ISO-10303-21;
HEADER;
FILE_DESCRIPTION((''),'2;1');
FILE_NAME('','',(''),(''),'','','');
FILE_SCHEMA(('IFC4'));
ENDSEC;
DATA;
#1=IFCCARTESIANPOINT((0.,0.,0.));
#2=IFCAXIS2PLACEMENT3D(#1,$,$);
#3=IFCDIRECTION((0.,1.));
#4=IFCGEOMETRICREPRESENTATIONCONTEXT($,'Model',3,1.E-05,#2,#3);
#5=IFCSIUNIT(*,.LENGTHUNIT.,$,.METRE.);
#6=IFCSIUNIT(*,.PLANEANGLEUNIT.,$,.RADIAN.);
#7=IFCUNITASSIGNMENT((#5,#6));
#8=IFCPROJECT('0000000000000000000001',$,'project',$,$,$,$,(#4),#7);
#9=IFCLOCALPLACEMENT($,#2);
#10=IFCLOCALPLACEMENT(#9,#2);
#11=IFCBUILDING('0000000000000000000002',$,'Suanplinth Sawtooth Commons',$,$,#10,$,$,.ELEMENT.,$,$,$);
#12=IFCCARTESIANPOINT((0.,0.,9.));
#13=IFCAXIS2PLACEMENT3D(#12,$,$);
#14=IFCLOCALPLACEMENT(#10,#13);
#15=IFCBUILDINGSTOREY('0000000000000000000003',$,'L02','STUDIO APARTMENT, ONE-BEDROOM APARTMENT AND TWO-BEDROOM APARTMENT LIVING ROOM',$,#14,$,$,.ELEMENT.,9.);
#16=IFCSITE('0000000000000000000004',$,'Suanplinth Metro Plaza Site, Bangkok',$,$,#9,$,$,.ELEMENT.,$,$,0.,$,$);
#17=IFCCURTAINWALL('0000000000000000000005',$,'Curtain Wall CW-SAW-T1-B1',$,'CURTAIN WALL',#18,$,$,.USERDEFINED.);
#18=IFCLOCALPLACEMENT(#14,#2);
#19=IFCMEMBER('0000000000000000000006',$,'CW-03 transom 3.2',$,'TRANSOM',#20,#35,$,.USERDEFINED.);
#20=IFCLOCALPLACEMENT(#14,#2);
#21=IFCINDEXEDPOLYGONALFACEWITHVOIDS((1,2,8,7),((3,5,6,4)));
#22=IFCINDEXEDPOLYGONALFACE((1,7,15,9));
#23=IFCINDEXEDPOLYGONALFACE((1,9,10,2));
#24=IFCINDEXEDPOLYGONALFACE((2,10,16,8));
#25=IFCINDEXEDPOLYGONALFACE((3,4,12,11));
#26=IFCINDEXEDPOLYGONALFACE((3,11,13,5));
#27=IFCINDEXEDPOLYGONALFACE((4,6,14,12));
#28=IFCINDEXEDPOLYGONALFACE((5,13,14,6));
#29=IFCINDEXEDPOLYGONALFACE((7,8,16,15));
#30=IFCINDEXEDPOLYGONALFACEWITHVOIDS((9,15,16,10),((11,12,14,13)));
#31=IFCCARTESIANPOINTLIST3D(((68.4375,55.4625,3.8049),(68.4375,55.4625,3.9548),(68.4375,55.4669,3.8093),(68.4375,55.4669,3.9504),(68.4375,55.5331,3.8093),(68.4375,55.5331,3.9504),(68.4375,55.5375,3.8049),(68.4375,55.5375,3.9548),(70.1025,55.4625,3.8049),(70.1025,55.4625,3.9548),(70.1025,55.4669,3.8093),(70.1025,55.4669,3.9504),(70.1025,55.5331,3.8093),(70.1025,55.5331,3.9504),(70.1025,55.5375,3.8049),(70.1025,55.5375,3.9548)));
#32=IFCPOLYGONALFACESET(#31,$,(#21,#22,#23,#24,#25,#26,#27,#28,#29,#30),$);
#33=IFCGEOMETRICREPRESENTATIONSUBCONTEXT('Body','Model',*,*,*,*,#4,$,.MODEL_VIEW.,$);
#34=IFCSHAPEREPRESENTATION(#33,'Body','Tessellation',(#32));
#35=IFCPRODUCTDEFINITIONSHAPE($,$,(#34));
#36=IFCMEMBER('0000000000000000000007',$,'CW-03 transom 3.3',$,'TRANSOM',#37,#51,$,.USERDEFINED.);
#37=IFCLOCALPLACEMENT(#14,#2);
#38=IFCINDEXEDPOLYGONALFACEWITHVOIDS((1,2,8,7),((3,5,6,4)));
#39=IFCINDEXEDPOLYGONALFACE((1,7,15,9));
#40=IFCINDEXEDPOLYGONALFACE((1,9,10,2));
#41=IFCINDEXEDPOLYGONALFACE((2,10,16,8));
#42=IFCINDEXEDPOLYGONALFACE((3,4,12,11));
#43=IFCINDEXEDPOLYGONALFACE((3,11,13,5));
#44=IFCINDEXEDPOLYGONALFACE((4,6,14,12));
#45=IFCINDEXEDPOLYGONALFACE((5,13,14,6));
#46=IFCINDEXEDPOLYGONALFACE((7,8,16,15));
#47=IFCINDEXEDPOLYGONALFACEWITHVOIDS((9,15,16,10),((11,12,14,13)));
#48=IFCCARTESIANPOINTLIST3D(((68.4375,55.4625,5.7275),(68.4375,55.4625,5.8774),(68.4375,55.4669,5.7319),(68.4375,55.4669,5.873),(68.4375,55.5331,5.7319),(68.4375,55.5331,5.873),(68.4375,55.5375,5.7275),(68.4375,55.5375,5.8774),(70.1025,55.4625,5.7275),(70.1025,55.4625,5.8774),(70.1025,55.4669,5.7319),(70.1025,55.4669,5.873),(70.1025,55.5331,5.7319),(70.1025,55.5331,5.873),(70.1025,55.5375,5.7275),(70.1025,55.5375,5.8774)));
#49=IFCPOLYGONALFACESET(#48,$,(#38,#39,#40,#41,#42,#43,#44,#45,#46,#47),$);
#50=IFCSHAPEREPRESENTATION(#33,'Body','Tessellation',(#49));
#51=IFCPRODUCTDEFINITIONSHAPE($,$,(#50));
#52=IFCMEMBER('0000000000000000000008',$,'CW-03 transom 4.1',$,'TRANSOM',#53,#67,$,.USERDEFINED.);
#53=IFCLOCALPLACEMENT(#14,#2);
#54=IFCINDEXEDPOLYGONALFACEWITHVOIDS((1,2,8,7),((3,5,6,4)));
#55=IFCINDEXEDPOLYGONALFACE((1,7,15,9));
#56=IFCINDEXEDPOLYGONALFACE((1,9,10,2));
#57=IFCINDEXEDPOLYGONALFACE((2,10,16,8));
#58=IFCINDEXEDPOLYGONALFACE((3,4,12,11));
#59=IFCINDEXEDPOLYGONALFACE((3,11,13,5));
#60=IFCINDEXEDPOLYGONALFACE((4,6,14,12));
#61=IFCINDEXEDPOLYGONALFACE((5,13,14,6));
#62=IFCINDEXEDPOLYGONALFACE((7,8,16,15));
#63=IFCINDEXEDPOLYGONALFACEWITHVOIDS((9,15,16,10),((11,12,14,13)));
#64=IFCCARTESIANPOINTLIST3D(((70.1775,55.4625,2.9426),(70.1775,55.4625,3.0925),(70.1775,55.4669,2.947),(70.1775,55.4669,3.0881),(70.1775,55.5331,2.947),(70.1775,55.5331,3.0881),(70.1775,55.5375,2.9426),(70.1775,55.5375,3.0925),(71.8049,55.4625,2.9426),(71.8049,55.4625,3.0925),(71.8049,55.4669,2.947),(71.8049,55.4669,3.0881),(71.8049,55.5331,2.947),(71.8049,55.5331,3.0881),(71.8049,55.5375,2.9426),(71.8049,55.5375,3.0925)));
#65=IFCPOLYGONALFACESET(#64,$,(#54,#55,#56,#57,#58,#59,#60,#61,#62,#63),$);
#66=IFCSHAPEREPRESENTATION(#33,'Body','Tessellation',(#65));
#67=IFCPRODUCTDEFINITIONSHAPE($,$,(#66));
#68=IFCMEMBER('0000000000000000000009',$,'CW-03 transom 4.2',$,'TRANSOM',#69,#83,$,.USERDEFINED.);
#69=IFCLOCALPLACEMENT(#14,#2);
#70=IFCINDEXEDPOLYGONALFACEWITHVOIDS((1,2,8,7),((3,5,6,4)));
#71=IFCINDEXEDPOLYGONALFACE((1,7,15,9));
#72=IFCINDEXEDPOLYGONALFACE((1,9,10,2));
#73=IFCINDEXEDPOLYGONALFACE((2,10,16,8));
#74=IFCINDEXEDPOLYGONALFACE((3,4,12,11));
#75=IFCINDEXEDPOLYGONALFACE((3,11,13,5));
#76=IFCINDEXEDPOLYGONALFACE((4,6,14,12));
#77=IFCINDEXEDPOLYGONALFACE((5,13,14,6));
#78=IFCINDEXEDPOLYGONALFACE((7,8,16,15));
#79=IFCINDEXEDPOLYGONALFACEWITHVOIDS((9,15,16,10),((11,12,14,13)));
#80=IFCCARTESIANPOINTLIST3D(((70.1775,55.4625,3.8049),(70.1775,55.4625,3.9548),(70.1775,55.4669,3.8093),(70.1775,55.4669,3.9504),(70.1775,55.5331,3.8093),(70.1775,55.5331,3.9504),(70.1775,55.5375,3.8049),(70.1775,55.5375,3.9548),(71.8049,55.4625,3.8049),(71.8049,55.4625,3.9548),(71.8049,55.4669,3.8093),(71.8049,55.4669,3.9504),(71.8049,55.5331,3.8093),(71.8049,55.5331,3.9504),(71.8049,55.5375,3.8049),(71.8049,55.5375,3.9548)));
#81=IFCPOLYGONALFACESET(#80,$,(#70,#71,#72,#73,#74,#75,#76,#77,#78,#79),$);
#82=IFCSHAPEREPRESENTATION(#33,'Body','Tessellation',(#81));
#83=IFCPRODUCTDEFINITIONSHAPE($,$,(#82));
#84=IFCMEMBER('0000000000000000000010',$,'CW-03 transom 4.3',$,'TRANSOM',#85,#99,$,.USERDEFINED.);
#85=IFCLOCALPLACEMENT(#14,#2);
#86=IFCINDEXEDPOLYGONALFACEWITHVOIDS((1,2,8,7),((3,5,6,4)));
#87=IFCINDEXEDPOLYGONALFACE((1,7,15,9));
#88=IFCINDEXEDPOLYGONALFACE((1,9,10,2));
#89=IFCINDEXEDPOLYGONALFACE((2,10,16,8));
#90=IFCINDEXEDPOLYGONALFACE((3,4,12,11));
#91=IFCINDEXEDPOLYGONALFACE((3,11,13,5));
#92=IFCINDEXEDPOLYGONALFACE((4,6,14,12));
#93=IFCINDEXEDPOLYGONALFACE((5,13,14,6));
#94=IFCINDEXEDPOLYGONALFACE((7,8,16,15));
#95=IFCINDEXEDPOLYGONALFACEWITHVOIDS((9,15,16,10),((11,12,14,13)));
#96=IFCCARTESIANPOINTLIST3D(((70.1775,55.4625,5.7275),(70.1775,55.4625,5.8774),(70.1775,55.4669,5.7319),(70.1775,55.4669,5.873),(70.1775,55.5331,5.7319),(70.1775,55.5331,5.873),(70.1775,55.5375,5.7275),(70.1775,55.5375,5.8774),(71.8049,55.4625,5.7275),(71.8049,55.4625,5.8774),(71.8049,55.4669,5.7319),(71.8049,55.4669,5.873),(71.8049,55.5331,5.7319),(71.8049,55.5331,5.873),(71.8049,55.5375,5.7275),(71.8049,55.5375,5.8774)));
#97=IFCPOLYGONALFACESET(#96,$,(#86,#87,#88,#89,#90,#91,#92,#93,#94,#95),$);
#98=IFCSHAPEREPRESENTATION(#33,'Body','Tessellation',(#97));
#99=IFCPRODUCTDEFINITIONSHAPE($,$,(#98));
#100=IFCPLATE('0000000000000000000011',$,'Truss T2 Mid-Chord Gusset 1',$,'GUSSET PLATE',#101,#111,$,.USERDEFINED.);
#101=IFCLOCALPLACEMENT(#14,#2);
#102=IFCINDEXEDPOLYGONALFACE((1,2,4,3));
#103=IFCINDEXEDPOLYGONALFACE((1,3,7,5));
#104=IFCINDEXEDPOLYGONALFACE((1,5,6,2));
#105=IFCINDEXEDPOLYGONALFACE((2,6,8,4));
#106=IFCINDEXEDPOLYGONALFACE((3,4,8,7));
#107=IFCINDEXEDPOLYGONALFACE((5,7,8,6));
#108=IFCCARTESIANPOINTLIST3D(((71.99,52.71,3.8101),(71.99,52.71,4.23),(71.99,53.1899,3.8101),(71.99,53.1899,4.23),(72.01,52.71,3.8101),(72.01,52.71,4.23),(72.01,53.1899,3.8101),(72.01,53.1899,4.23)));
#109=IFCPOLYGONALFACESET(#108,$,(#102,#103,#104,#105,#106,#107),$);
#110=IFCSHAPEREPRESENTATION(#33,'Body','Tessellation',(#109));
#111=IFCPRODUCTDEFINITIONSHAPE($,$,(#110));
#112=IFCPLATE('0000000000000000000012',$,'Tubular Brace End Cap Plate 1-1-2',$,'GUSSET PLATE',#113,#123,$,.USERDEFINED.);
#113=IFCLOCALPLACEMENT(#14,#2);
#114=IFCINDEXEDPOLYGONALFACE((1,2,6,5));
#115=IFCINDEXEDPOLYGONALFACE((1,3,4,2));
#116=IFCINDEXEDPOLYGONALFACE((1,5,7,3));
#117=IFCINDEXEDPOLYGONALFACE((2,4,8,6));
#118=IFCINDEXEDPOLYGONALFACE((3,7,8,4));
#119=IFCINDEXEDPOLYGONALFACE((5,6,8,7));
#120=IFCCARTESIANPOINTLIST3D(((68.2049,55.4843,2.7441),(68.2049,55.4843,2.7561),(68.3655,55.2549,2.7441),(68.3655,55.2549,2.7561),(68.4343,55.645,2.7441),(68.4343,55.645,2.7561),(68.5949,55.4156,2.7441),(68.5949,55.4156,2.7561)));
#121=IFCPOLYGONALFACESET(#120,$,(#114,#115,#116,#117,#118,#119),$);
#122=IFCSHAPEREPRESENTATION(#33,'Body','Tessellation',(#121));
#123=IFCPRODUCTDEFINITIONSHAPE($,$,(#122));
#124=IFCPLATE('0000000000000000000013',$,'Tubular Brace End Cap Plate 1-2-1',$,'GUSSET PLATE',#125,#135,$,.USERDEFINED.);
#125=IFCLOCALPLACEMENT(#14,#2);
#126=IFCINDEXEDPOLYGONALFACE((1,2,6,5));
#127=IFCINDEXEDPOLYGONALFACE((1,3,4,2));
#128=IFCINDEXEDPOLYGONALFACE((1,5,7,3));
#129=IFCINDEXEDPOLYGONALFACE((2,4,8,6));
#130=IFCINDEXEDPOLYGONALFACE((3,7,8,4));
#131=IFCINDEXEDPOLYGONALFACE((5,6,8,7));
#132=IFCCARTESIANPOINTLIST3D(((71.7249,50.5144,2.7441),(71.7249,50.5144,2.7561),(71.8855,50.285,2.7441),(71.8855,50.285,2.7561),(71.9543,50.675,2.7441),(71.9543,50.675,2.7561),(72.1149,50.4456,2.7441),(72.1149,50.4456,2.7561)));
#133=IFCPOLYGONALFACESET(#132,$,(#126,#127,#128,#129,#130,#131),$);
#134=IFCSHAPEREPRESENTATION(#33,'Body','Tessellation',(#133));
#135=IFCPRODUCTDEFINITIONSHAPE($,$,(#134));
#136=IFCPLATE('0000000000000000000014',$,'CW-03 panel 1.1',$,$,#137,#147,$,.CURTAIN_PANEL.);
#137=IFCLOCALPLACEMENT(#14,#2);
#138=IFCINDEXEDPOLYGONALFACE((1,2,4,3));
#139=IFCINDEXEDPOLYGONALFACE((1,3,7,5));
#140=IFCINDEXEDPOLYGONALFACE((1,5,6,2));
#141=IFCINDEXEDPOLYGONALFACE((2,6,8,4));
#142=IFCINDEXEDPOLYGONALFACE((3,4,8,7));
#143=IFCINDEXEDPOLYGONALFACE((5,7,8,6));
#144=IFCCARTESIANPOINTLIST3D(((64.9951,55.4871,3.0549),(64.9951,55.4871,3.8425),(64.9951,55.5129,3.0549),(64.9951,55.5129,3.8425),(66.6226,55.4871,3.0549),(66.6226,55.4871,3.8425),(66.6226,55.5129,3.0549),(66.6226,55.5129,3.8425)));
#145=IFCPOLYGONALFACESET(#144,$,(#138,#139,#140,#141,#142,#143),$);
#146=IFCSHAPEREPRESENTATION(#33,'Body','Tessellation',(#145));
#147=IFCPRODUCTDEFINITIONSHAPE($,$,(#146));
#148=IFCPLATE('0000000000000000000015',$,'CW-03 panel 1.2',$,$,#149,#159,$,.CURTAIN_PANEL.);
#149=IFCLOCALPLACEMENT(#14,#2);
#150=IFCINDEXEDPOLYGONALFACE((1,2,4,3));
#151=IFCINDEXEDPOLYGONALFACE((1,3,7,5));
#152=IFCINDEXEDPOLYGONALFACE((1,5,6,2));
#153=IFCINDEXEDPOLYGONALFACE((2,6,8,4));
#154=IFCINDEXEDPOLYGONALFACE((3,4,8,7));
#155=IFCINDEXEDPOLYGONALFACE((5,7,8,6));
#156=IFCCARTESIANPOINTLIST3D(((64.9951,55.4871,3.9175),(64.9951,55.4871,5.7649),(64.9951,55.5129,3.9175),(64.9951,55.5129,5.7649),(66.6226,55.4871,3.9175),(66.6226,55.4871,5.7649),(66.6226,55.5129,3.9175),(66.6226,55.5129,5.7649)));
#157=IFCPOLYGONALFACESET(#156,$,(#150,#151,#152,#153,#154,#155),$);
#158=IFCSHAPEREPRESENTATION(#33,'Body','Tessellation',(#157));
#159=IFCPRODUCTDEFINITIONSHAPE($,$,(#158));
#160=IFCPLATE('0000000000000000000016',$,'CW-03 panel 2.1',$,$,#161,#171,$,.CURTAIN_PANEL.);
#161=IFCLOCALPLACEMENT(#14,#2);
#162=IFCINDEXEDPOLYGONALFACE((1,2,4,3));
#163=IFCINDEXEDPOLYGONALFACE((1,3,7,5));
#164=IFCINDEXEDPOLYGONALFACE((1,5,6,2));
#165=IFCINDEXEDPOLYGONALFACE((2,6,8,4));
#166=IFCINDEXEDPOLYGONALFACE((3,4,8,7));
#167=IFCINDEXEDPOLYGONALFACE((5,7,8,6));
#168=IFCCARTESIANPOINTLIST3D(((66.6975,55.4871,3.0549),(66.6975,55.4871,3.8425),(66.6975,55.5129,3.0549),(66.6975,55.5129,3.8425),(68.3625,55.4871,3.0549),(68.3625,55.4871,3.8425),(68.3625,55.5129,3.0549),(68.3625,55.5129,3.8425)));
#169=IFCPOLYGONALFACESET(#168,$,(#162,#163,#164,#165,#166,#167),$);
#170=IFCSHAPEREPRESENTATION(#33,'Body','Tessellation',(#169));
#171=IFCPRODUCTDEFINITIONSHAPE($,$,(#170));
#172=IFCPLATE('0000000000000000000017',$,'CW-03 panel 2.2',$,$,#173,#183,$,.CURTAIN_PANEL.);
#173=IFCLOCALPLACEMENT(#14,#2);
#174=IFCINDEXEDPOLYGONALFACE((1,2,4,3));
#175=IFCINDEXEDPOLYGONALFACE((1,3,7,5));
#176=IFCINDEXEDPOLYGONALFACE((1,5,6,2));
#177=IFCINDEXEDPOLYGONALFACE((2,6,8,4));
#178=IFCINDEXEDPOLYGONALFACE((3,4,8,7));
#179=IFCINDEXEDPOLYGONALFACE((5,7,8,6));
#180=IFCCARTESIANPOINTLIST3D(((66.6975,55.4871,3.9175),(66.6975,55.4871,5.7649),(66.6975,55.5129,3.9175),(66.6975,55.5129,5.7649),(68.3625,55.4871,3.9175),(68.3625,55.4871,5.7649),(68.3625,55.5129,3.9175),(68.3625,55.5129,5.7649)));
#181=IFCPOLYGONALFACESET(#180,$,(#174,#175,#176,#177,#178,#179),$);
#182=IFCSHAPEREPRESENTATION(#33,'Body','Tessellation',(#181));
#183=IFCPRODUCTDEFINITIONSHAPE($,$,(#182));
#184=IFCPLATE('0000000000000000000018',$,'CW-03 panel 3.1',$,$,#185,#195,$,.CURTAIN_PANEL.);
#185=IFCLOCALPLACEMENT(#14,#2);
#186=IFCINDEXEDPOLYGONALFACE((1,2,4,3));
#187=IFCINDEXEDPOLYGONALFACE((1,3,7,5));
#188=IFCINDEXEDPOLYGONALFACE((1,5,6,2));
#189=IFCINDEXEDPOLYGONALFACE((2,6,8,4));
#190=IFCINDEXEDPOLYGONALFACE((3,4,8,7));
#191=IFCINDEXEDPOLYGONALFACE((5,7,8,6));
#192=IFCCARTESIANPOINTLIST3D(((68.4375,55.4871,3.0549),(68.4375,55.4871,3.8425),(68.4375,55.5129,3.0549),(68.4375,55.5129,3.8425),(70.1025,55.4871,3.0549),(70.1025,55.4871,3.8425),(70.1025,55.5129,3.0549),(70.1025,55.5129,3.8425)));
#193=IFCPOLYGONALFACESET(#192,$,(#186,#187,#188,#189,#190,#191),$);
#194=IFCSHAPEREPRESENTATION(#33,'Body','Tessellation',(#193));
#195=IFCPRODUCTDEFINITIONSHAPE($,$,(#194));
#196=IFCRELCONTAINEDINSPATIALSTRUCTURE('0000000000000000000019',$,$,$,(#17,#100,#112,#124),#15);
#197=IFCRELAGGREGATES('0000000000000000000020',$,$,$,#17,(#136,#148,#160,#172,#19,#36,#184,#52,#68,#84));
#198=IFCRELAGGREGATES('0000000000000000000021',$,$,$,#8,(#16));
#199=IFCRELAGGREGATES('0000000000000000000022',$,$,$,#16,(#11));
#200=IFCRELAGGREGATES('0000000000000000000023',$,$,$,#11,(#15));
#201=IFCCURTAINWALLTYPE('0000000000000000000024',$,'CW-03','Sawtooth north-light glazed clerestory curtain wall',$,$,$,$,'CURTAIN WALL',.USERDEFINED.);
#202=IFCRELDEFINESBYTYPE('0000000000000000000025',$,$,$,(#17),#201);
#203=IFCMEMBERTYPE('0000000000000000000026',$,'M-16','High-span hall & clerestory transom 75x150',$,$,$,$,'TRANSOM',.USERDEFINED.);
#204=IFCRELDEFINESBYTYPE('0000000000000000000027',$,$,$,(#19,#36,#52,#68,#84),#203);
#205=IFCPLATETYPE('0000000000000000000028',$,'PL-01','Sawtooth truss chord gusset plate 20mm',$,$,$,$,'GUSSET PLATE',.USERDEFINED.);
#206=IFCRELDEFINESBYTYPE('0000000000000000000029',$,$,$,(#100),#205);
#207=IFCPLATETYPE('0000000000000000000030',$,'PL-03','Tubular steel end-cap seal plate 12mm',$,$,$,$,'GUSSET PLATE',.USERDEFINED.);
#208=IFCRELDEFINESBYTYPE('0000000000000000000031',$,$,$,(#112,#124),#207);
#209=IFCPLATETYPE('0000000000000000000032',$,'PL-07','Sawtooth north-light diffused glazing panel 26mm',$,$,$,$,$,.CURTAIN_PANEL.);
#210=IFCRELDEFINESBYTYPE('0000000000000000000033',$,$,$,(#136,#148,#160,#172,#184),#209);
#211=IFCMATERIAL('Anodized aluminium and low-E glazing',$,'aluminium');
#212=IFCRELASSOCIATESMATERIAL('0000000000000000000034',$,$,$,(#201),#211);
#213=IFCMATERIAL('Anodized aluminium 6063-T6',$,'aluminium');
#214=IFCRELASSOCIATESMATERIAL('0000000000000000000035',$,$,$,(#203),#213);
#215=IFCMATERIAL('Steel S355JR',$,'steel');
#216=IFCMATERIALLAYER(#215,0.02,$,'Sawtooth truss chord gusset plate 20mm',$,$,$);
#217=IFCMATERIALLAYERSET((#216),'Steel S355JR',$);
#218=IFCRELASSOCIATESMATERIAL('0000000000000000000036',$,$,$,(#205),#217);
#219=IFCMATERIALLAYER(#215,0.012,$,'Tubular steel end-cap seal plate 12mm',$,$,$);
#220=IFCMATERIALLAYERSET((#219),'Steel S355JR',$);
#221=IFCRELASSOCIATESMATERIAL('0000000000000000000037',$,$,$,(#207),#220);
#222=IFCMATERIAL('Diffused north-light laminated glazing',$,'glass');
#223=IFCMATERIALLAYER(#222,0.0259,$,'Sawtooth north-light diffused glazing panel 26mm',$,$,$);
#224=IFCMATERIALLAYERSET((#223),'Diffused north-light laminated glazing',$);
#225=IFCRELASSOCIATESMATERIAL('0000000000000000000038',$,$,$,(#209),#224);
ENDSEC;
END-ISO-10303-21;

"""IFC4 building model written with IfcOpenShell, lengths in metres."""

from ifc_helpers import new_model, si_unit, direction, frame, origin, origin_2d, place, context, subcontext, project, spatial, rectangle, hollow_rectangle, extrude, material, layer, layer_set, material_profile, profile_set, type_object, element, aggregate, save


model = new_model("IFC4")

# Units and contexts
model_context = context("Model", 3, precision=1e-05, world=origin(), true_north=direction((0.0, 1.0)))
body_context = subcontext(model_context, "Body", "Model", "MODEL_VIEW")
ifc_project = project(units=[si_unit("LENGTHUNIT", "METRE"), si_unit("PLANEANGLEUNIT", "RADIAN")], contexts=[model_context])

# Site, building, storey
site_placement = place(None, origin())
site = spatial("IfcSite", under=ifc_project, at=site_placement, Name="Suanplinth Metro Plaza Site, Bangkok", CompositionType="ELEMENT", RefElevation=0.0)
building_placement = place(site_placement, origin())
building = spatial("IfcBuilding", under=site, at=building_placement, Name="Suanplinth Sawtooth Commons", CompositionType="ELEMENT")
storey_placement = place(building_placement, frame((0.0, 0.0, 9.0)))
storey = spatial("IfcBuildingStorey", under=building, at=storey_placement, Name="L02", Description="STUDIO APARTMENT, ONE-BEDROOM APARTMENT AND TWO-BEDROOM APARTMENT LIVING ROOM", CompositionType="ELEMENT", Elevation=9.0)

# Shared definitions
ifc_material_1 = material(Name="Steel S355JR", Category="steel")

# Curtain wall, members
ifc_material_2 = material(Name="Anodized aluminium and low-E glazing", Category="aluminium")
curtain_wall_type = type_object("IfcCurtainWallType", Name="CW-03", Description="Sawtooth north-light glazed clerestory curtain wall", ElementType="CURTAIN WALL", PredefinedType="USERDEFINED", material=ifc_material_2)
curtain_wall_placement = place(storey_placement, origin())
curtain_wall = element("IfcCurtainWall", 1, at=curtain_wall_placement, inside=storey, type_object=curtain_wall_type, Name="Curtain Wall CW-SAW-T1-B1", ObjectType="CURTAIN WALL", PredefinedType="USERDEFINED")
ifc_material_3 = material(Name="Anodized aluminium 6063-T6", Category="aluminium")
ifc_material_profile_1 = material_profile(ifc_material_3, hollow_rectangle(XDim=0.075, YDim=0.1499, WallThickness=0.0044, at=origin_2d()), Name="ALU-TRN 75x150")
ifc_profile_set_1 = profile_set([ifc_material_profile_1], Name="Anodized aluminium 6063-T6")
member_type_1 = type_object("IfcMemberType", Name="M-16", Description="High-span hall & clerestory transom 75x150", ElementType="TRANSOM", PredefinedType="USERDEFINED", material=ifc_profile_set_1)
member_1_placement = place(storey_placement, frame((68.4375, 55.5, 3.8799), z_axis=(1.0, 0.0, 0.0), x_axis=(0.0, 1.0, 0.0)))
member_1 = element("IfcMember", 2, at=member_1_placement, type_object=member_type_1, Name="CW-03 transom 3.2", ObjectType="TRANSOM", PredefinedType="USERDEFINED", context=body_context, shape_type="SweptSolid", body=[
    extrude(hollow_rectangle(XDim=0.075, YDim=0.1499, WallThickness=0.0044, at=origin_2d()), origin(), (0.0, 0.0, 1.0), 1.665),
])
member_2_placement = place(storey_placement, frame((68.4375, 55.5, 5.8025), z_axis=(1.0, 0.0, 0.0), x_axis=(0.0, 1.0, 0.0)))
member_2 = element("IfcMember", 3, at=member_2_placement, type_object=member_type_1, Name="CW-03 transom 3.3", ObjectType="TRANSOM", PredefinedType="USERDEFINED", context=body_context, shape_type="SweptSolid", body=[
    extrude(hollow_rectangle(XDim=0.075, YDim=0.1499, WallThickness=0.0044, at=origin_2d()), origin(), (0.0, 0.0, 1.0), 1.665),
])
member_3_placement = place(storey_placement, frame((70.1775, 55.5, 3.0176), z_axis=(1.0, 0.0, 0.0), x_axis=(0.0, 1.0, 0.0)))
member_3 = element("IfcMember", 4, at=member_3_placement, type_object=member_type_1, Name="CW-03 transom 4.1", ObjectType="TRANSOM", PredefinedType="USERDEFINED", context=body_context, shape_type="SweptSolid", body=[
    extrude(hollow_rectangle(XDim=0.075, YDim=0.1499, WallThickness=0.0044, at=origin_2d()), origin(), (0.0, 0.0, 1.0), 1.6274),
])
member_4_placement = place(storey_placement, frame((70.1775, 55.5, 3.8799), z_axis=(1.0, 0.0, 0.0), x_axis=(0.0, 1.0, 0.0)))
member_4 = element("IfcMember", 5, at=member_4_placement, type_object=member_type_1, Name="CW-03 transom 4.2", ObjectType="TRANSOM", PredefinedType="USERDEFINED", context=body_context, shape_type="SweptSolid", body=[
    extrude(hollow_rectangle(XDim=0.075, YDim=0.1499, WallThickness=0.0044, at=origin_2d()), origin(), (0.0, 0.0, 1.0), 1.6274),
])
member_5_placement = place(storey_placement, frame((70.1775, 55.5, 5.8025), z_axis=(1.0, 0.0, 0.0), x_axis=(0.0, 1.0, 0.0)))
member_5 = element("IfcMember", 6, at=member_5_placement, type_object=member_type_1, Name="CW-03 transom 4.3", ObjectType="TRANSOM", PredefinedType="USERDEFINED", context=body_context, shape_type="SweptSolid", body=[
    extrude(hollow_rectangle(XDim=0.075, YDim=0.1499, WallThickness=0.0044, at=origin_2d()), origin(), (0.0, 0.0, 1.0), 1.6274),
])

# Plates
ifc_layer_1 = layer(ifc_material_1, 0.02, Name="Sawtooth truss chord gusset plate 20mm")
ifc_layer_set_1 = layer_set([ifc_layer_1], Name="Steel S355JR")
plate_type_1 = type_object("IfcPlateType", Name="PL-01", Description="Sawtooth truss chord gusset plate 20mm", ElementType="GUSSET PLATE", PredefinedType="USERDEFINED", material=ifc_layer_set_1)
plate_1_placement = place(storey_placement, frame((72.0, 52.95, 3.8101), z_axis=(0.0, 0.0, 1.0), x_axis=(1.0, 0.0, 0.0)))
element("IfcPlate", 7, at=plate_1_placement, inside=storey, type_object=plate_type_1, Name="Truss T2 Mid-Chord Gusset 1", ObjectType="GUSSET PLATE", PredefinedType="USERDEFINED", context=body_context, shape_type="SweptSolid", body=[
    extrude(rectangle(XDim=0.02, YDim=0.48, at=origin_2d()), origin(), (0.0, 0.0, 1.0), 0.4199),
])
ifc_layer_2 = layer(ifc_material_1, 0.012, Name="Tubular steel end-cap seal plate 12mm")
ifc_layer_set_2 = layer_set([ifc_layer_2], Name="Steel S355JR")
plate_type_2 = type_object("IfcPlateType", Name="PL-03", Description="Tubular steel end-cap seal plate 12mm", ElementType="GUSSET PLATE", PredefinedType="USERDEFINED", material=ifc_layer_set_2)
for number, where, z_axis, x_axis, name in (
    (8, (68.3999, 55.45, 2.7441), (0.0, 0.0, 1.0), (0.819152, 0.573576, 0.0), "Tubular Brace End Cap Plate 1-1-2"),
    (9, (71.9199, 50.48, 2.7441), (0.0, 0.0, 1.0), (0.819152, 0.573576, 0.0), "Tubular Brace End Cap Plate 1-2-1"),
):
    element("IfcPlate", number, at=place(storey_placement, frame(where, z_axis=z_axis, x_axis=x_axis)), inside=storey, type_object=plate_type_2, Name=name, ObjectType="GUSSET PLATE", PredefinedType="USERDEFINED", context=body_context, shape_type="SweptSolid", body=[
        extrude(rectangle(XDim=0.28, YDim=0.28, at=origin_2d()), origin(), (0.0, 0.0, 1.0), 0.012),
    ])

# Plates
ifc_material_4 = material(Name="Diffused north-light laminated glazing", Category="glass")
ifc_layer_3 = layer(ifc_material_4, 0.0259, Name="Sawtooth north-light diffused glazing panel 26mm")
ifc_layer_set_3 = layer_set([ifc_layer_3], Name="Diffused north-light laminated glazing")
plate_type_3 = type_object("IfcPlateType", Name="PL-07", Description="Sawtooth north-light diffused glazing panel 26mm", PredefinedType="CURTAIN_PANEL", material=ifc_layer_set_3)
plate_2_placement = place(storey_placement, frame((65.8088, 55.5, 3.0549), z_axis=(0.0, 0.0, 1.0), x_axis=(1.0, 0.0, 0.0)))
plate_2 = element("IfcPlate", 10, at=plate_2_placement, type_object=plate_type_3, Name="CW-03 panel 1.1", PredefinedType="CURTAIN_PANEL", context=body_context, shape_type="SweptSolid", body=[
    extrude(rectangle(XDim=1.6274, YDim=0.0259, at=origin_2d()), origin(), (0.0, 0.0, 1.0), 0.7876),
])
plate_3_placement = place(storey_placement, frame((65.8088, 55.5, 3.9175), z_axis=(0.0, 0.0, 1.0), x_axis=(1.0, 0.0, 0.0)))
plate_3 = element("IfcPlate", 11, at=plate_3_placement, type_object=plate_type_3, Name="CW-03 panel 1.2", PredefinedType="CURTAIN_PANEL", context=body_context, shape_type="SweptSolid", body=[
    extrude(rectangle(XDim=1.6274, YDim=0.0259, at=origin_2d()), origin(), (0.0, 0.0, 1.0), 1.8474),
])
plate_4_placement = place(storey_placement, frame((67.53, 55.5, 3.0549), z_axis=(0.0, 0.0, 1.0), x_axis=(1.0, 0.0, 0.0)))
plate_4 = element("IfcPlate", 12, at=plate_4_placement, type_object=plate_type_3, Name="CW-03 panel 2.1", PredefinedType="CURTAIN_PANEL", context=body_context, shape_type="SweptSolid", body=[
    extrude(rectangle(XDim=1.665, YDim=0.0259, at=origin_2d()), origin(), (0.0, 0.0, 1.0), 0.7876),
])
plate_5_placement = place(storey_placement, frame((67.53, 55.5, 3.9175), z_axis=(0.0, 0.0, 1.0), x_axis=(1.0, 0.0, 0.0)))
plate_5 = element("IfcPlate", 13, at=plate_5_placement, type_object=plate_type_3, Name="CW-03 panel 2.2", PredefinedType="CURTAIN_PANEL", context=body_context, shape_type="SweptSolid", body=[
    extrude(rectangle(XDim=1.665, YDim=0.0259, at=origin_2d()), origin(), (0.0, 0.0, 1.0), 1.8474),
])
plate_6_placement = place(storey_placement, frame((69.27, 55.5, 3.0549), z_axis=(0.0, 0.0, 1.0), x_axis=(1.0, 0.0, 0.0)))
plate_6 = element("IfcPlate", 14, at=plate_6_placement, type_object=plate_type_3, Name="CW-03 panel 3.1", PredefinedType="CURTAIN_PANEL", context=body_context, shape_type="SweptSolid", body=[
    extrude(rectangle(XDim=1.665, YDim=0.0259, at=origin_2d()), origin(), (0.0, 0.0, 1.0), 0.7876),
])
aggregate(curtain_wall, [plate_2, plate_3, plate_4, plate_5, member_1, member_2, plate_6, member_3, member_4, member_5])

save(model, "model.ifc")
